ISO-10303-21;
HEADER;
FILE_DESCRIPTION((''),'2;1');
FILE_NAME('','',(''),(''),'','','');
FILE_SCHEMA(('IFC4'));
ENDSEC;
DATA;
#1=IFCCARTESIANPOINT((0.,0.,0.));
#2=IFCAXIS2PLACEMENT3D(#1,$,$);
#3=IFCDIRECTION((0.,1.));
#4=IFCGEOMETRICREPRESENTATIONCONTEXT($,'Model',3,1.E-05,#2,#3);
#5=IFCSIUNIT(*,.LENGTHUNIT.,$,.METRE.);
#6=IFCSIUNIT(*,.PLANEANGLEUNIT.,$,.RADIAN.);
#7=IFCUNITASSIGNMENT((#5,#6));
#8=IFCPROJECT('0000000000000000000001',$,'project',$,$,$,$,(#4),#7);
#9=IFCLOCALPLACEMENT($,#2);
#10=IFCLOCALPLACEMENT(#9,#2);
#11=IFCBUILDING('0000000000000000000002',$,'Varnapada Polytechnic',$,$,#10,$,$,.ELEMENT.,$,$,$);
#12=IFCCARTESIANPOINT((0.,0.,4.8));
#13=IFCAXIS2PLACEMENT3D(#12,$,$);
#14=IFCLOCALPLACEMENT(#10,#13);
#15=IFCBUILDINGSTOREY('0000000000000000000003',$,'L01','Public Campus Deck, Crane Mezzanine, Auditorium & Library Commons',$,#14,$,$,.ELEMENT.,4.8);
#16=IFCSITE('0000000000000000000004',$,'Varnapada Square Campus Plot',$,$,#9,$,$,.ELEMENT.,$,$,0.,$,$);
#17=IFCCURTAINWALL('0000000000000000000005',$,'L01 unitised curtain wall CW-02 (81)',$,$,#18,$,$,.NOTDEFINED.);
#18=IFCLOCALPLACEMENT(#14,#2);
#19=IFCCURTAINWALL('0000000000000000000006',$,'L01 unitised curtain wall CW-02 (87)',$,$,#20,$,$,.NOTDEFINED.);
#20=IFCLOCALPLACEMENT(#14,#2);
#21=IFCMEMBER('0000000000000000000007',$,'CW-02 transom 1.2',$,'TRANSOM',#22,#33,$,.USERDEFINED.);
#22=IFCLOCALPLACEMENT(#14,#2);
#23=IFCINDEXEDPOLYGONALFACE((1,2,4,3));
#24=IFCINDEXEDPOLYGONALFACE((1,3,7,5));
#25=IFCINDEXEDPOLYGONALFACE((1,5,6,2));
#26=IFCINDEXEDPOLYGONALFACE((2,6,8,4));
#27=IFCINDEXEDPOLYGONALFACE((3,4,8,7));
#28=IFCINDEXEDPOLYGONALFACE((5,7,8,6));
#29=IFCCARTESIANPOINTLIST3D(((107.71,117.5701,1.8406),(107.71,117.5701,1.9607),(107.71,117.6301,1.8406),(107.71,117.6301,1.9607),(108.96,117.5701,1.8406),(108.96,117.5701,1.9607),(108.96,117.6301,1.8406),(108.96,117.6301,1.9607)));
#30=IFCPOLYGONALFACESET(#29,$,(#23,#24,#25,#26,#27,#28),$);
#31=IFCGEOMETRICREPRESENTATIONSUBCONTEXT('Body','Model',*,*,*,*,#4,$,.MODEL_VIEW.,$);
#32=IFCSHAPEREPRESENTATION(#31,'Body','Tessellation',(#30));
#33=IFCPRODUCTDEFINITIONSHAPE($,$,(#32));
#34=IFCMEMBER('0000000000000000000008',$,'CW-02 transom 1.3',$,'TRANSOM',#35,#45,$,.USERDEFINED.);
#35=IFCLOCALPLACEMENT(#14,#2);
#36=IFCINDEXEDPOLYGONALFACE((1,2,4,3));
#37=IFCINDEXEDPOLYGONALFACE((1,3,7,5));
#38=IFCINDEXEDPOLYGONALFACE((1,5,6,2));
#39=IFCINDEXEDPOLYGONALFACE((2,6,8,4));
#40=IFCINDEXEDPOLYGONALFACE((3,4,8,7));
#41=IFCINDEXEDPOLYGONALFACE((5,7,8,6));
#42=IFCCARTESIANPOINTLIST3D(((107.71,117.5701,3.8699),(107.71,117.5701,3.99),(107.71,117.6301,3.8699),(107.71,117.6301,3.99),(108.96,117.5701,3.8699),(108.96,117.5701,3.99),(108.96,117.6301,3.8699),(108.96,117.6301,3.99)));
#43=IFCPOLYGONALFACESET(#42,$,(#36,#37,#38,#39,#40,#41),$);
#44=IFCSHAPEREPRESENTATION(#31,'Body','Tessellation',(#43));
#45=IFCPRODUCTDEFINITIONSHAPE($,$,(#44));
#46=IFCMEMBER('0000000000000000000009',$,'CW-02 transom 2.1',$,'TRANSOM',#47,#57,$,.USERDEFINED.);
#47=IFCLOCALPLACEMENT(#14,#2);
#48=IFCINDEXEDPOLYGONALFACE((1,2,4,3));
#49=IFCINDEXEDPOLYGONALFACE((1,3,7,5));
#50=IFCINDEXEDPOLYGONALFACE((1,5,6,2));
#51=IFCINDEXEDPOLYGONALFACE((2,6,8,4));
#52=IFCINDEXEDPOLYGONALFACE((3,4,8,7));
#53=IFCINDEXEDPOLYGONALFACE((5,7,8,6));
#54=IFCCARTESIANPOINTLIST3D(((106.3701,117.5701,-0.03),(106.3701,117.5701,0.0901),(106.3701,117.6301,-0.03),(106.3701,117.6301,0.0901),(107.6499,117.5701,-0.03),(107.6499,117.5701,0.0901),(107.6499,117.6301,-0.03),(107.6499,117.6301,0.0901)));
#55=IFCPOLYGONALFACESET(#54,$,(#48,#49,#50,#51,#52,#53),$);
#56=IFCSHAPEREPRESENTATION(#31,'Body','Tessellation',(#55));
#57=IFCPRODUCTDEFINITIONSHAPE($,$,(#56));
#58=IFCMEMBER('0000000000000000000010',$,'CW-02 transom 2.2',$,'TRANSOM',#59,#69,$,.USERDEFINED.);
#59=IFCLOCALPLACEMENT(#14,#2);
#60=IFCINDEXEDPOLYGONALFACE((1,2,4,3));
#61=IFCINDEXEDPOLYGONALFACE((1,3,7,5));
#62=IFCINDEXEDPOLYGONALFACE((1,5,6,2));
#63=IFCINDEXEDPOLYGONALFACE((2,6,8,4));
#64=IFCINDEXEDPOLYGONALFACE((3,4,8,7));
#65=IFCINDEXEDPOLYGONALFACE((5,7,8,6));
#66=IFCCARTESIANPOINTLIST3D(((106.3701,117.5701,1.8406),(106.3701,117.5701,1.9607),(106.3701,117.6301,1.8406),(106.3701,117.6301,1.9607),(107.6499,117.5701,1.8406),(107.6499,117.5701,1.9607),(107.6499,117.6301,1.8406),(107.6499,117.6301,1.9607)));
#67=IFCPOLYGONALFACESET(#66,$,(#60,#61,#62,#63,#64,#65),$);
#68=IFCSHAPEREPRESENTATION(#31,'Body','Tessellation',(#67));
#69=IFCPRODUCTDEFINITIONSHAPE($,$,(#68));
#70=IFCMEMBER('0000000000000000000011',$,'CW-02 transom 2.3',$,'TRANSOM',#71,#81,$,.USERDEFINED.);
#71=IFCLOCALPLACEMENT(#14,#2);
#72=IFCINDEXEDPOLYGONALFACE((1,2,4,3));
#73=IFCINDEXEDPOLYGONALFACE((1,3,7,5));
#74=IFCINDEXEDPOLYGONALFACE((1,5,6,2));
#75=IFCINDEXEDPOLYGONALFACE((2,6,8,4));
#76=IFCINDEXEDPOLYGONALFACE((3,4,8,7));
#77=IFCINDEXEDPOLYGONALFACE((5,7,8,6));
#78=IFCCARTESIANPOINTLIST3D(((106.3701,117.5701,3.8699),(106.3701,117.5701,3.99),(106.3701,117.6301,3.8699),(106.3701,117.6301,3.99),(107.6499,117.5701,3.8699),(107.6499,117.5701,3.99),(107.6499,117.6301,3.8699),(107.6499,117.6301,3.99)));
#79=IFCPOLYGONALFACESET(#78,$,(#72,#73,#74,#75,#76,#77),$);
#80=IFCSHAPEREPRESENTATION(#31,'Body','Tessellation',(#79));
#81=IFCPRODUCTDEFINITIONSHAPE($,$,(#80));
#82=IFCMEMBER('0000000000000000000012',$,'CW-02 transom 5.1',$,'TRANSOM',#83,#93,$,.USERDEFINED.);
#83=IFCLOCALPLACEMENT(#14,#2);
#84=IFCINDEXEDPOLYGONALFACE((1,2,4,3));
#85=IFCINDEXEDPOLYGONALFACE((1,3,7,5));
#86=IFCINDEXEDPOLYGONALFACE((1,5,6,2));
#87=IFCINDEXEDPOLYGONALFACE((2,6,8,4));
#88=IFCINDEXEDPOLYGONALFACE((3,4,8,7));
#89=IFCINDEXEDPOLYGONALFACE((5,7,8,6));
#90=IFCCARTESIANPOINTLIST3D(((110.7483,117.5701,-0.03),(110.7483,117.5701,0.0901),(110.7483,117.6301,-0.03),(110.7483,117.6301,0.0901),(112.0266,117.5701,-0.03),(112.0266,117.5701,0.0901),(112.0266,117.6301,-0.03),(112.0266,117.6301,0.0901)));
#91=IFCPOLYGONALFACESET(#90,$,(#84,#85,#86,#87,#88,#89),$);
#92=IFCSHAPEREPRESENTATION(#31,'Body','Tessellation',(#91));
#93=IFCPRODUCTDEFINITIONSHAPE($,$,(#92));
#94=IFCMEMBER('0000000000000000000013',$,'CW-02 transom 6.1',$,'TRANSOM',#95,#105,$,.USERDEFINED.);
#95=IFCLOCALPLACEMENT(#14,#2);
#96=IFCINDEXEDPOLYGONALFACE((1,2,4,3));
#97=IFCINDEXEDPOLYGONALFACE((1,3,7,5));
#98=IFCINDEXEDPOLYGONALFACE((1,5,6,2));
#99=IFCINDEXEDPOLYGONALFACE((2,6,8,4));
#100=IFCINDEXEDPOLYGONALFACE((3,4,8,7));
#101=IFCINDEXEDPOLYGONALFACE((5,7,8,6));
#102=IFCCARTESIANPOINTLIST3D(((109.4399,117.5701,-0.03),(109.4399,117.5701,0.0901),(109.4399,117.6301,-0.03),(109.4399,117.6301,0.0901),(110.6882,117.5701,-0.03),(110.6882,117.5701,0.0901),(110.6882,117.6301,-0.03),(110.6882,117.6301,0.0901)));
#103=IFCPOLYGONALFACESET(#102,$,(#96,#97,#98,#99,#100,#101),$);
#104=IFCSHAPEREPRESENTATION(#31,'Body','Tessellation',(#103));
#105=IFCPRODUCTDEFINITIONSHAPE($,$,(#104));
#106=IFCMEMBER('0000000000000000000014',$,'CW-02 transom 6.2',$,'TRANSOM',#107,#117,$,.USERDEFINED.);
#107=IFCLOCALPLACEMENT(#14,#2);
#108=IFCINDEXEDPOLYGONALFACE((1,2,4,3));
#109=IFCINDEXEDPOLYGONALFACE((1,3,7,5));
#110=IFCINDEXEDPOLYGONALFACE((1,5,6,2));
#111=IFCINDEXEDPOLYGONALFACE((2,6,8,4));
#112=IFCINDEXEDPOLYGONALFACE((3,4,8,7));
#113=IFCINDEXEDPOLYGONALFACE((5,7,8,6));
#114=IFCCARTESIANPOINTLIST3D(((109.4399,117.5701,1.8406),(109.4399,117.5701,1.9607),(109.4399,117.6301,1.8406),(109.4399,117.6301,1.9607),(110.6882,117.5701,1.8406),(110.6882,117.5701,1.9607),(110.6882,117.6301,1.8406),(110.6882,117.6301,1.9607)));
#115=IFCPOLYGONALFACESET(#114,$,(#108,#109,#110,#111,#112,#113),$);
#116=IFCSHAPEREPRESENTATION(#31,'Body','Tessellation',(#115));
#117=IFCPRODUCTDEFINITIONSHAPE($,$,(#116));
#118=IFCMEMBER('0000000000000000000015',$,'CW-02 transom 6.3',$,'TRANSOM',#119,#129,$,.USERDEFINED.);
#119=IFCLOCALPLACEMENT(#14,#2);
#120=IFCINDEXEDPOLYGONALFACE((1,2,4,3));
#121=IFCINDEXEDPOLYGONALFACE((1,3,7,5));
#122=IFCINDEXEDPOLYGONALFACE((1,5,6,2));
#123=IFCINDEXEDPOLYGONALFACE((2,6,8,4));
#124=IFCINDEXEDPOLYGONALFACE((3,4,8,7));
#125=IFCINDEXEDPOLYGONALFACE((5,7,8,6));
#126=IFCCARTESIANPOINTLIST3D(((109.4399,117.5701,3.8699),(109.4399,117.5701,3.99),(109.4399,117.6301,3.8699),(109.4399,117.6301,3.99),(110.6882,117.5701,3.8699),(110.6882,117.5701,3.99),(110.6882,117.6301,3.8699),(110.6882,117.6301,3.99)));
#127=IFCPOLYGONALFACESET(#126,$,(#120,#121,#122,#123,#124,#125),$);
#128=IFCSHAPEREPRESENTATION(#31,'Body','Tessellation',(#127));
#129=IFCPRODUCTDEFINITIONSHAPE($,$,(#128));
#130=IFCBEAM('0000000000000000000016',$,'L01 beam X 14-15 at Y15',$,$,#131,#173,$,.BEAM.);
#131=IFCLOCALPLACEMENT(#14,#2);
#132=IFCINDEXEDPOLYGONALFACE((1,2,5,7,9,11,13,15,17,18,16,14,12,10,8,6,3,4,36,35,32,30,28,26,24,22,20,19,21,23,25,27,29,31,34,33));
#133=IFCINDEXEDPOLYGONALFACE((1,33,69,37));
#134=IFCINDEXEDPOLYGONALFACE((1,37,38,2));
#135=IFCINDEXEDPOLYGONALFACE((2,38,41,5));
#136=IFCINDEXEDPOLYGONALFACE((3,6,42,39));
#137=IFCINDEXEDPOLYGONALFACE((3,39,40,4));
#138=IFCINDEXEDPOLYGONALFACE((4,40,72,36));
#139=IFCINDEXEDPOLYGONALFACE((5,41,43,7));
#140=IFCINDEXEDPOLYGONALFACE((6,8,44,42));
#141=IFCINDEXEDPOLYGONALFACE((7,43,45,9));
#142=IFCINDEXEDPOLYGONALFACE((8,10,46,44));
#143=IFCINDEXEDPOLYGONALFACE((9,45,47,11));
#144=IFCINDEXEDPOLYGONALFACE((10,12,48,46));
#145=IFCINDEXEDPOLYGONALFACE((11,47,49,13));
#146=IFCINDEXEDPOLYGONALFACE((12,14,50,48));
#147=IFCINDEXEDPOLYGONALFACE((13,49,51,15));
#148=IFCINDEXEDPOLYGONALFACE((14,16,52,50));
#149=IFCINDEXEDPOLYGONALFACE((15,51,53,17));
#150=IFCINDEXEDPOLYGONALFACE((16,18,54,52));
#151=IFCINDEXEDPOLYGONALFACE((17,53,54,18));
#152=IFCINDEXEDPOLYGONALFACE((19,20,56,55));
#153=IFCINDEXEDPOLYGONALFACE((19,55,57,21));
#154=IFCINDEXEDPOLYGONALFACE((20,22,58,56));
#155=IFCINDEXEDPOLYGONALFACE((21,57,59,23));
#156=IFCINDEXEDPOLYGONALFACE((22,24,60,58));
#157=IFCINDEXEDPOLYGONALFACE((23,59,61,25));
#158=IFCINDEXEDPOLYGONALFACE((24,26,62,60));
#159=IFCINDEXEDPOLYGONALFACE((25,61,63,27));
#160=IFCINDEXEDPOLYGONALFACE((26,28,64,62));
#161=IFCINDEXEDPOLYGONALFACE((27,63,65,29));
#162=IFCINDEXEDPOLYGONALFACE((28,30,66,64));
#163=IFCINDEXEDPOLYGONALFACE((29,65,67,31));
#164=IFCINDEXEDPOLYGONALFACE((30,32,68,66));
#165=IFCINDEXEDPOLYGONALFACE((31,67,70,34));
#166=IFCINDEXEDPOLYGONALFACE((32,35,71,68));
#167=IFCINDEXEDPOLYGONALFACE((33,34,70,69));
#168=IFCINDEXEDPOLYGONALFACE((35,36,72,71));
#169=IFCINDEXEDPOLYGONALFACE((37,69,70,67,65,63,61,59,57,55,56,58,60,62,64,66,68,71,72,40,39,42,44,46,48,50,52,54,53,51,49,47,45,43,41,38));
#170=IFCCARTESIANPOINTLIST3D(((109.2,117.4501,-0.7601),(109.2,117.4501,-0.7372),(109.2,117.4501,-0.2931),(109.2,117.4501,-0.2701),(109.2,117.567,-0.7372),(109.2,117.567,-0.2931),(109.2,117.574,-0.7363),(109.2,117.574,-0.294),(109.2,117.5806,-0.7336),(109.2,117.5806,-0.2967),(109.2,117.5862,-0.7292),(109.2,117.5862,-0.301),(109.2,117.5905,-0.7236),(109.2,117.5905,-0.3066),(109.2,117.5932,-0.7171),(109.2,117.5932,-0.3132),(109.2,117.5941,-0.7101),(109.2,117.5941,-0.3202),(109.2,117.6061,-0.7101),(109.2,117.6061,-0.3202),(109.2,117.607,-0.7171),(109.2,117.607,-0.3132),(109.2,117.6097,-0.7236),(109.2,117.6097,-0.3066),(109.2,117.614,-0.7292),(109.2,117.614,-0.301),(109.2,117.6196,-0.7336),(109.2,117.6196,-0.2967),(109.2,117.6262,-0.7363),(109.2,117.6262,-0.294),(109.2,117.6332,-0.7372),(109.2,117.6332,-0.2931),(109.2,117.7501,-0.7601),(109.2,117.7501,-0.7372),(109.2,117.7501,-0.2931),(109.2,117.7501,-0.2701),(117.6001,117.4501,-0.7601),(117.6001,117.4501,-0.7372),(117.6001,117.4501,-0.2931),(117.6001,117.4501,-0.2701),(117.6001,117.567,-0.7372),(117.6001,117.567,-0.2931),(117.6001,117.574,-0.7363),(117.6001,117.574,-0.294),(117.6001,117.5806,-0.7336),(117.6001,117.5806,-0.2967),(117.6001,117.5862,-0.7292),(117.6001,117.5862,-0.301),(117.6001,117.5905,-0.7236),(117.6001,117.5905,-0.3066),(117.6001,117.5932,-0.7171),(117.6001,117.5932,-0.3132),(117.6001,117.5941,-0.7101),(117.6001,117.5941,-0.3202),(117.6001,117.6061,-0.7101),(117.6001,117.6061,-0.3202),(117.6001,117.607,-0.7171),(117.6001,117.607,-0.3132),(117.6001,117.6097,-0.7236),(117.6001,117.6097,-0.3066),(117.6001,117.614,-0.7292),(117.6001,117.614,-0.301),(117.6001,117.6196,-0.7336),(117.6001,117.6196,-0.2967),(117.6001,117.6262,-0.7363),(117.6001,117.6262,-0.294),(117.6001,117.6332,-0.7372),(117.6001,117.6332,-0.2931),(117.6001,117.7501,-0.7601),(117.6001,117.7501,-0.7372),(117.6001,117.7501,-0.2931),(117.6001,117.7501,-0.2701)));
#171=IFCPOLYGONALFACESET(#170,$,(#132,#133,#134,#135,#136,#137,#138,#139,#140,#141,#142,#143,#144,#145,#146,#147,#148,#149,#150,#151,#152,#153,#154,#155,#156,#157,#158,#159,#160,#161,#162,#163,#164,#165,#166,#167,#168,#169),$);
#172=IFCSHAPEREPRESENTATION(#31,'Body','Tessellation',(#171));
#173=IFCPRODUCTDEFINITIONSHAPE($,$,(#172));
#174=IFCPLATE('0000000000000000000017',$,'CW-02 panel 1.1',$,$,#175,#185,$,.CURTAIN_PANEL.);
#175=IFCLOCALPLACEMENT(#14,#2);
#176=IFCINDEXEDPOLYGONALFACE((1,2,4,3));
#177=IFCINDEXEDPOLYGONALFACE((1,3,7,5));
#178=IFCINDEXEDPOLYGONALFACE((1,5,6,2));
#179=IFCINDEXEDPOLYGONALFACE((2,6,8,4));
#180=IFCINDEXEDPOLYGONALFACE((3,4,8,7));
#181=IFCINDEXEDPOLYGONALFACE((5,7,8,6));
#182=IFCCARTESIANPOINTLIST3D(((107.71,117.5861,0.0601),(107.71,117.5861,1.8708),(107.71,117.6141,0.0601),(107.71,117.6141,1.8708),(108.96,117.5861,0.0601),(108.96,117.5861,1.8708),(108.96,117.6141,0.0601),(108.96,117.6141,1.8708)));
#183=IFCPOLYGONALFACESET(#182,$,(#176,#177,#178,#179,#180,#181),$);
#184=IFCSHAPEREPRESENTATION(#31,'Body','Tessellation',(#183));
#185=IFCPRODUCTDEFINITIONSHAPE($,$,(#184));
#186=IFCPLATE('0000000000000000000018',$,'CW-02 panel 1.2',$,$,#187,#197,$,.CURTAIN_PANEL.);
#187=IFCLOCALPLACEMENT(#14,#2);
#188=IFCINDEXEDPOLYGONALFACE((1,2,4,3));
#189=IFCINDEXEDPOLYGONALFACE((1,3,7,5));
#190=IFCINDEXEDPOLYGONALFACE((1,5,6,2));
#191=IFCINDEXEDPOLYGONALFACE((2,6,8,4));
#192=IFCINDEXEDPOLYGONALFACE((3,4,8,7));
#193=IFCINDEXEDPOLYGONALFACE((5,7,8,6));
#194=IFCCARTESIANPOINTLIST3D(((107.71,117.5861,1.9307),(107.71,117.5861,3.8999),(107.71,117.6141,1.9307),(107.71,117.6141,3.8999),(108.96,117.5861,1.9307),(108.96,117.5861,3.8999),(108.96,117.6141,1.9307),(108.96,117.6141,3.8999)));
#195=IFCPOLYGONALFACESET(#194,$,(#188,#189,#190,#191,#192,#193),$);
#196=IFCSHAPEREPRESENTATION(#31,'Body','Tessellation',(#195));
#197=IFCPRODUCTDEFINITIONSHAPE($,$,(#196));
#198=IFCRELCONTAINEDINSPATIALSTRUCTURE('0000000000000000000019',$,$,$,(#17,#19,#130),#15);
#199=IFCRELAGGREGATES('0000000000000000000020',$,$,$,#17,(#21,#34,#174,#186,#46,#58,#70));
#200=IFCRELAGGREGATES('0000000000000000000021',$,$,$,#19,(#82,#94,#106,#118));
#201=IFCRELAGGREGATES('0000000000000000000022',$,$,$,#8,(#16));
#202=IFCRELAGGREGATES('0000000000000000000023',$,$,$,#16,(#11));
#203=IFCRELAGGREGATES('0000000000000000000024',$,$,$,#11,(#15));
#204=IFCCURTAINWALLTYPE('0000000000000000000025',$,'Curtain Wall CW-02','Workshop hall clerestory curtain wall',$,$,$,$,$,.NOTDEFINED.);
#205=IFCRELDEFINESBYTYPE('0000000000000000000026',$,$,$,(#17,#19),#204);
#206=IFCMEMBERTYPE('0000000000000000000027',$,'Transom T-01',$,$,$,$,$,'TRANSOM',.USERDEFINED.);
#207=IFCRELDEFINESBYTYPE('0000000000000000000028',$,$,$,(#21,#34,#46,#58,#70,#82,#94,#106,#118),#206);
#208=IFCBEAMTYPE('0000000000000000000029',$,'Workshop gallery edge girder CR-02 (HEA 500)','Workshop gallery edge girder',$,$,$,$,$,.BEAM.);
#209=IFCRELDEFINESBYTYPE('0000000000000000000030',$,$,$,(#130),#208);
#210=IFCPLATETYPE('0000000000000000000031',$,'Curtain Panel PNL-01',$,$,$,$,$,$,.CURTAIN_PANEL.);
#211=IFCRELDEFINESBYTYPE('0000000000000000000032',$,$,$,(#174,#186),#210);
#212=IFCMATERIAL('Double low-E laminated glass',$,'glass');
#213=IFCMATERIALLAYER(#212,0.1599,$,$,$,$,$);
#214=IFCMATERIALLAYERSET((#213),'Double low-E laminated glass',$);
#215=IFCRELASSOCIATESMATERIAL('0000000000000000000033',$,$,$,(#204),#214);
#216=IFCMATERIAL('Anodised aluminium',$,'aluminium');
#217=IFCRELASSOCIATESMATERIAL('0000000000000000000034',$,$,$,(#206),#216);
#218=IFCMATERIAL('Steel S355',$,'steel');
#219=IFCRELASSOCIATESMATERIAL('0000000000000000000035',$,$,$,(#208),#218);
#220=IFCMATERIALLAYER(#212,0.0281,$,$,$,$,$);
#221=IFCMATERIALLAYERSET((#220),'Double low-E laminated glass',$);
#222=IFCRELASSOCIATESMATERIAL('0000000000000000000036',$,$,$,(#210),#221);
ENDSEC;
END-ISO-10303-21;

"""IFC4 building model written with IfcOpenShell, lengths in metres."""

from ifc_helpers import new_model, si_unit, direction, frame, origin, origin_2d, place, context, subcontext, project, spatial, rectangle, i_section, extrude, material, layer, layer_set, material_profile, profile_set, type_object, element, aggregate, save


model = new_model("IFC4")

# Units and contexts
model_context = context("Model", 3, precision=1e-05, world=origin(), true_north=direction((0.0, 1.0)))
body_context = subcontext(model_context, "Body", "Model", "MODEL_VIEW")
ifc_project = project(units=[si_unit("LENGTHUNIT", "METRE"), si_unit("PLANEANGLEUNIT", "RADIAN")], contexts=[model_context])

# Site, building, storey
site_placement = place(None, origin())
site = spatial("IfcSite", under=ifc_project, at=site_placement, Name="Varnapada Square Campus Plot", CompositionType="ELEMENT", RefElevation=0.0)
building_placement = place(site_placement, origin())
building = spatial("IfcBuilding", under=site, at=building_placement, Name="Varnapada Polytechnic", CompositionType="ELEMENT")
storey_placement = place(building_placement, frame((0.0, 0.0, 4.8)))
storey = spatial("IfcBuildingStorey", under=building, at=storey_placement, Name="L01", Description="Public Campus Deck, Crane Mezzanine, Auditorium & Library Commons", CompositionType="ELEMENT", Elevation=4.8)

# Shared definitions
ifc_material_1 = material(Name="Steel S355", Category="steel")

# Curtain walls
ifc_material_2 = material(Name="Double low-E laminated glass", Category="glass")
ifc_layer_1 = layer(ifc_material_2, 0.1599)
ifc_layer_set_1 = layer_set([ifc_layer_1], Name="Double low-E laminated glass")
curtain_wall_type = type_object("IfcCurtainWallType", Name="Curtain Wall CW-02", Description="Workshop hall clerestory curtain wall", PredefinedType="NOTDEFINED", material=ifc_layer_set_1)
curtain_wall_1_placement = place(storey_placement, origin())
curtain_wall_1 = element("IfcCurtainWall", 1, at=curtain_wall_1_placement, inside=storey, type_object=curtain_wall_type, Name="L01 unitised curtain wall CW-02 (81)", PredefinedType="NOTDEFINED")
ifc_material_3 = material(Name="Anodised aluminium", Category="aluminium")
curtain_wall_2_placement = place(storey_placement, origin())
curtain_wall_2 = element("IfcCurtainWall", 2, at=curtain_wall_2_placement, inside=storey, type_object=curtain_wall_type, Name="L01 unitised curtain wall CW-02 (87)", PredefinedType="NOTDEFINED")

# Members
ifc_material_profile_1 = material_profile(ifc_material_3, rectangle(XDim=0.0601, YDim=0.1201, at=origin_2d()), Name="ALU T60x120")
ifc_profile_set_1 = profile_set([ifc_material_profile_1], Name="Anodised aluminium")
member_type_1 = type_object("IfcMemberType", Name="Transom T-01", ElementType="TRANSOM", PredefinedType="USERDEFINED", material=ifc_profile_set_1)
member_1_placement = place(storey_placement, frame((108.96, 117.6001, 1.9006), z_axis=(-1.0, 0.0, 0.0), x_axis=(0.0, -1.0, 0.0)))
member_1 = element("IfcMember", 3, at=member_1_placement, type_object=member_type_1, Name="CW-02 transom 1.2", ObjectType="TRANSOM", PredefinedType="USERDEFINED", context=body_context, shape_type="SweptSolid", body=[
    extrude(rectangle(XDim=0.0601, YDim=0.1201, at=origin_2d()), origin(), (0.0, 0.0, 1.0), 1.25),
])
member_2_placement = place(storey_placement, frame((108.96, 117.6001, 3.9299), z_axis=(-1.0, 0.0, 0.0), x_axis=(0.0, -1.0, 0.0)))
member_2 = element("IfcMember", 4, at=member_2_placement, type_object=member_type_1, Name="CW-02 transom 1.3", ObjectType="TRANSOM", PredefinedType="USERDEFINED", context=body_context, shape_type="SweptSolid", body=[
    extrude(rectangle(XDim=0.0601, YDim=0.1201, at=origin_2d()), origin(), (0.0, 0.0, 1.0), 1.25),
])
member_3_placement = place(storey_placement, frame((107.6499, 117.6001, 0.03), z_axis=(-1.0, 0.0, 0.0), x_axis=(0.0, -1.0, 0.0)))
member_3 = element("IfcMember", 5, at=member_3_placement, type_object=member_type_1, Name="CW-02 transom 2.1", ObjectType="TRANSOM", PredefinedType="USERDEFINED", context=body_context, shape_type="SweptSolid", body=[
    extrude(rectangle(XDim=0.0601, YDim=0.1201, at=origin_2d()), origin(), (0.0, 0.0, 1.0), 1.2798),
])
member_4_placement = place(storey_placement, frame((107.6499, 117.6001, 1.9006), z_axis=(-1.0, 0.0, 0.0), x_axis=(0.0, -1.0, 0.0)))
member_4 = element("IfcMember", 6, at=member_4_placement, type_object=member_type_1, Name="CW-02 transom 2.2", ObjectType="TRANSOM", PredefinedType="USERDEFINED", context=body_context, shape_type="SweptSolid", body=[
    extrude(rectangle(XDim=0.0601, YDim=0.1201, at=origin_2d()), origin(), (0.0, 0.0, 1.0), 1.2798),
])
member_5_placement = place(storey_placement, frame((107.6499, 117.6001, 3.9299), z_axis=(-1.0, 0.0, 0.0), x_axis=(0.0, -1.0, 0.0)))
member_5 = element("IfcMember", 7, at=member_5_placement, type_object=member_type_1, Name="CW-02 transom 2.3", ObjectType="TRANSOM", PredefinedType="USERDEFINED", context=body_context, shape_type="SweptSolid", body=[
    extrude(rectangle(XDim=0.0601, YDim=0.1201, at=origin_2d()), origin(), (0.0, 0.0, 1.0), 1.2798),
])
member_6_placement = place(storey_placement, frame((112.0266, 117.6001, 0.03), z_axis=(-1.0, 0.0, 0.0), x_axis=(0.0, -1.0, 0.0)))
member_6 = element("IfcMember", 8, at=member_6_placement, type_object=member_type_1, Name="CW-02 transom 5.1", ObjectType="TRANSOM", PredefinedType="USERDEFINED", context=body_context, shape_type="SweptSolid", body=[
    extrude(rectangle(XDim=0.0601, YDim=0.1201, at=origin_2d()), origin(), (0.0, 0.0, 1.0), 1.2783),
])
member_7_placement = place(storey_placement, frame((110.6882, 117.6001, 0.03), z_axis=(-1.0, 0.0, 0.0), x_axis=(0.0, -1.0, 0.0)))
member_7 = element("IfcMember", 9, at=member_7_placement, type_object=member_type_1, Name="CW-02 transom 6.1", ObjectType="TRANSOM", PredefinedType="USERDEFINED", context=body_context, shape_type="SweptSolid", body=[
    extrude(rectangle(XDim=0.0601, YDim=0.1201, at=origin_2d()), origin(), (0.0, 0.0, 1.0), 1.2483),
])
member_8_placement = place(storey_placement, frame((110.6882, 117.6001, 1.9006), z_axis=(-1.0, 0.0, 0.0), x_axis=(0.0, -1.0, 0.0)))
member_8 = element("IfcMember", 10, at=member_8_placement, type_object=member_type_1, Name="CW-02 transom 6.2", ObjectType="TRANSOM", PredefinedType="USERDEFINED", context=body_context, shape_type="SweptSolid", body=[
    extrude(rectangle(XDim=0.0601, YDim=0.1201, at=origin_2d()), origin(), (0.0, 0.0, 1.0), 1.2483),
])
member_9_placement = place(storey_placement, frame((110.6882, 117.6001, 3.9299), z_axis=(-1.0, 0.0, 0.0), x_axis=(0.0, -1.0, 0.0)))
member_9 = element("IfcMember", 11, at=member_9_placement, type_object=member_type_1, Name="CW-02 transom 6.3", ObjectType="TRANSOM", PredefinedType="USERDEFINED", context=body_context, shape_type="SweptSolid", body=[
    extrude(rectangle(XDim=0.0601, YDim=0.1201, at=origin_2d()), origin(), (0.0, 0.0, 1.0), 1.2483),
])

# Beam
ifc_material_profile_2 = material_profile(ifc_material_1, i_section(OverallWidth=0.3, OverallDepth=0.49, WebThickness=0.012, FlangeThickness=0.0229, FilletRadius=0.0271, at=origin_2d()), Name="HEA 500")
ifc_profile_set_2 = profile_set([ifc_material_profile_2], Name="Steel S355")
beam_type_1 = type_object("IfcBeamType", Name="Workshop gallery edge girder CR-02 (HEA 500)", Description="Workshop gallery edge girder", PredefinedType="BEAM", material=ifc_profile_set_2)
beam_1_placement = place(storey_placement, frame((109.2, 117.6001, -0.5151), z_axis=(1.0, 0.0, 0.0), x_axis=(0.0, 1.0, 0.0)))
element("IfcBeam", 12, at=beam_1_placement, inside=storey, type_object=beam_type_1, Name="L01 beam X 14-15 at Y15", PredefinedType="BEAM", context=body_context, shape_type="SweptSolid", body=[
    extrude(i_section(OverallWidth=0.3, OverallDepth=0.49, WebThickness=0.012, FlangeThickness=0.0229, FilletRadius=0.0271, at=origin_2d()), origin(), (0.0, 0.0, 1.0), 8.4001),
])

# Plates
ifc_layer_2 = layer(ifc_material_2, 0.0281)
ifc_layer_set_2 = layer_set([ifc_layer_2], Name="Double low-E laminated glass")
plate_type_1 = type_object("IfcPlateType", Name="Curtain Panel PNL-01", PredefinedType="CURTAIN_PANEL", material=ifc_layer_set_2)
plate_1_placement = place(storey_placement, frame((108.335, 117.6001, 0.0601), z_axis=(0.0, 0.0, 1.0), x_axis=(-1.0, 0.0, 0.0)))
plate_1 = element("IfcPlate", 13, at=plate_1_placement, type_object=plate_type_1, Name="CW-02 panel 1.1", PredefinedType="CURTAIN_PANEL", context=body_context, shape_type="SweptSolid", body=[
    extrude(rectangle(XDim=1.25, YDim=0.0281, at=origin_2d()), origin(), (0.0, 0.0, 1.0), 1.8108),
])
plate_2_placement = place(storey_placement, frame((108.335, 117.6001, 1.9307), z_axis=(0.0, 0.0, 1.0), x_axis=(-1.0, 0.0, 0.0)))
plate_2 = element("IfcPlate", 14, at=plate_2_placement, type_object=plate_type_1, Name="CW-02 panel 1.2", PredefinedType="CURTAIN_PANEL", context=body_context, shape_type="SweptSolid", body=[
    extrude(rectangle(XDim=1.25, YDim=0.0281, at=origin_2d()), origin(), (0.0, 0.0, 1.0), 1.9692),
])
aggregate(curtain_wall_1, [member_1, member_2, plate_1, plate_2, member_3, member_4, member_5])
aggregate(curtain_wall_2, [member_6, member_7, member_8, member_9])

save(model, "model.ifc")
